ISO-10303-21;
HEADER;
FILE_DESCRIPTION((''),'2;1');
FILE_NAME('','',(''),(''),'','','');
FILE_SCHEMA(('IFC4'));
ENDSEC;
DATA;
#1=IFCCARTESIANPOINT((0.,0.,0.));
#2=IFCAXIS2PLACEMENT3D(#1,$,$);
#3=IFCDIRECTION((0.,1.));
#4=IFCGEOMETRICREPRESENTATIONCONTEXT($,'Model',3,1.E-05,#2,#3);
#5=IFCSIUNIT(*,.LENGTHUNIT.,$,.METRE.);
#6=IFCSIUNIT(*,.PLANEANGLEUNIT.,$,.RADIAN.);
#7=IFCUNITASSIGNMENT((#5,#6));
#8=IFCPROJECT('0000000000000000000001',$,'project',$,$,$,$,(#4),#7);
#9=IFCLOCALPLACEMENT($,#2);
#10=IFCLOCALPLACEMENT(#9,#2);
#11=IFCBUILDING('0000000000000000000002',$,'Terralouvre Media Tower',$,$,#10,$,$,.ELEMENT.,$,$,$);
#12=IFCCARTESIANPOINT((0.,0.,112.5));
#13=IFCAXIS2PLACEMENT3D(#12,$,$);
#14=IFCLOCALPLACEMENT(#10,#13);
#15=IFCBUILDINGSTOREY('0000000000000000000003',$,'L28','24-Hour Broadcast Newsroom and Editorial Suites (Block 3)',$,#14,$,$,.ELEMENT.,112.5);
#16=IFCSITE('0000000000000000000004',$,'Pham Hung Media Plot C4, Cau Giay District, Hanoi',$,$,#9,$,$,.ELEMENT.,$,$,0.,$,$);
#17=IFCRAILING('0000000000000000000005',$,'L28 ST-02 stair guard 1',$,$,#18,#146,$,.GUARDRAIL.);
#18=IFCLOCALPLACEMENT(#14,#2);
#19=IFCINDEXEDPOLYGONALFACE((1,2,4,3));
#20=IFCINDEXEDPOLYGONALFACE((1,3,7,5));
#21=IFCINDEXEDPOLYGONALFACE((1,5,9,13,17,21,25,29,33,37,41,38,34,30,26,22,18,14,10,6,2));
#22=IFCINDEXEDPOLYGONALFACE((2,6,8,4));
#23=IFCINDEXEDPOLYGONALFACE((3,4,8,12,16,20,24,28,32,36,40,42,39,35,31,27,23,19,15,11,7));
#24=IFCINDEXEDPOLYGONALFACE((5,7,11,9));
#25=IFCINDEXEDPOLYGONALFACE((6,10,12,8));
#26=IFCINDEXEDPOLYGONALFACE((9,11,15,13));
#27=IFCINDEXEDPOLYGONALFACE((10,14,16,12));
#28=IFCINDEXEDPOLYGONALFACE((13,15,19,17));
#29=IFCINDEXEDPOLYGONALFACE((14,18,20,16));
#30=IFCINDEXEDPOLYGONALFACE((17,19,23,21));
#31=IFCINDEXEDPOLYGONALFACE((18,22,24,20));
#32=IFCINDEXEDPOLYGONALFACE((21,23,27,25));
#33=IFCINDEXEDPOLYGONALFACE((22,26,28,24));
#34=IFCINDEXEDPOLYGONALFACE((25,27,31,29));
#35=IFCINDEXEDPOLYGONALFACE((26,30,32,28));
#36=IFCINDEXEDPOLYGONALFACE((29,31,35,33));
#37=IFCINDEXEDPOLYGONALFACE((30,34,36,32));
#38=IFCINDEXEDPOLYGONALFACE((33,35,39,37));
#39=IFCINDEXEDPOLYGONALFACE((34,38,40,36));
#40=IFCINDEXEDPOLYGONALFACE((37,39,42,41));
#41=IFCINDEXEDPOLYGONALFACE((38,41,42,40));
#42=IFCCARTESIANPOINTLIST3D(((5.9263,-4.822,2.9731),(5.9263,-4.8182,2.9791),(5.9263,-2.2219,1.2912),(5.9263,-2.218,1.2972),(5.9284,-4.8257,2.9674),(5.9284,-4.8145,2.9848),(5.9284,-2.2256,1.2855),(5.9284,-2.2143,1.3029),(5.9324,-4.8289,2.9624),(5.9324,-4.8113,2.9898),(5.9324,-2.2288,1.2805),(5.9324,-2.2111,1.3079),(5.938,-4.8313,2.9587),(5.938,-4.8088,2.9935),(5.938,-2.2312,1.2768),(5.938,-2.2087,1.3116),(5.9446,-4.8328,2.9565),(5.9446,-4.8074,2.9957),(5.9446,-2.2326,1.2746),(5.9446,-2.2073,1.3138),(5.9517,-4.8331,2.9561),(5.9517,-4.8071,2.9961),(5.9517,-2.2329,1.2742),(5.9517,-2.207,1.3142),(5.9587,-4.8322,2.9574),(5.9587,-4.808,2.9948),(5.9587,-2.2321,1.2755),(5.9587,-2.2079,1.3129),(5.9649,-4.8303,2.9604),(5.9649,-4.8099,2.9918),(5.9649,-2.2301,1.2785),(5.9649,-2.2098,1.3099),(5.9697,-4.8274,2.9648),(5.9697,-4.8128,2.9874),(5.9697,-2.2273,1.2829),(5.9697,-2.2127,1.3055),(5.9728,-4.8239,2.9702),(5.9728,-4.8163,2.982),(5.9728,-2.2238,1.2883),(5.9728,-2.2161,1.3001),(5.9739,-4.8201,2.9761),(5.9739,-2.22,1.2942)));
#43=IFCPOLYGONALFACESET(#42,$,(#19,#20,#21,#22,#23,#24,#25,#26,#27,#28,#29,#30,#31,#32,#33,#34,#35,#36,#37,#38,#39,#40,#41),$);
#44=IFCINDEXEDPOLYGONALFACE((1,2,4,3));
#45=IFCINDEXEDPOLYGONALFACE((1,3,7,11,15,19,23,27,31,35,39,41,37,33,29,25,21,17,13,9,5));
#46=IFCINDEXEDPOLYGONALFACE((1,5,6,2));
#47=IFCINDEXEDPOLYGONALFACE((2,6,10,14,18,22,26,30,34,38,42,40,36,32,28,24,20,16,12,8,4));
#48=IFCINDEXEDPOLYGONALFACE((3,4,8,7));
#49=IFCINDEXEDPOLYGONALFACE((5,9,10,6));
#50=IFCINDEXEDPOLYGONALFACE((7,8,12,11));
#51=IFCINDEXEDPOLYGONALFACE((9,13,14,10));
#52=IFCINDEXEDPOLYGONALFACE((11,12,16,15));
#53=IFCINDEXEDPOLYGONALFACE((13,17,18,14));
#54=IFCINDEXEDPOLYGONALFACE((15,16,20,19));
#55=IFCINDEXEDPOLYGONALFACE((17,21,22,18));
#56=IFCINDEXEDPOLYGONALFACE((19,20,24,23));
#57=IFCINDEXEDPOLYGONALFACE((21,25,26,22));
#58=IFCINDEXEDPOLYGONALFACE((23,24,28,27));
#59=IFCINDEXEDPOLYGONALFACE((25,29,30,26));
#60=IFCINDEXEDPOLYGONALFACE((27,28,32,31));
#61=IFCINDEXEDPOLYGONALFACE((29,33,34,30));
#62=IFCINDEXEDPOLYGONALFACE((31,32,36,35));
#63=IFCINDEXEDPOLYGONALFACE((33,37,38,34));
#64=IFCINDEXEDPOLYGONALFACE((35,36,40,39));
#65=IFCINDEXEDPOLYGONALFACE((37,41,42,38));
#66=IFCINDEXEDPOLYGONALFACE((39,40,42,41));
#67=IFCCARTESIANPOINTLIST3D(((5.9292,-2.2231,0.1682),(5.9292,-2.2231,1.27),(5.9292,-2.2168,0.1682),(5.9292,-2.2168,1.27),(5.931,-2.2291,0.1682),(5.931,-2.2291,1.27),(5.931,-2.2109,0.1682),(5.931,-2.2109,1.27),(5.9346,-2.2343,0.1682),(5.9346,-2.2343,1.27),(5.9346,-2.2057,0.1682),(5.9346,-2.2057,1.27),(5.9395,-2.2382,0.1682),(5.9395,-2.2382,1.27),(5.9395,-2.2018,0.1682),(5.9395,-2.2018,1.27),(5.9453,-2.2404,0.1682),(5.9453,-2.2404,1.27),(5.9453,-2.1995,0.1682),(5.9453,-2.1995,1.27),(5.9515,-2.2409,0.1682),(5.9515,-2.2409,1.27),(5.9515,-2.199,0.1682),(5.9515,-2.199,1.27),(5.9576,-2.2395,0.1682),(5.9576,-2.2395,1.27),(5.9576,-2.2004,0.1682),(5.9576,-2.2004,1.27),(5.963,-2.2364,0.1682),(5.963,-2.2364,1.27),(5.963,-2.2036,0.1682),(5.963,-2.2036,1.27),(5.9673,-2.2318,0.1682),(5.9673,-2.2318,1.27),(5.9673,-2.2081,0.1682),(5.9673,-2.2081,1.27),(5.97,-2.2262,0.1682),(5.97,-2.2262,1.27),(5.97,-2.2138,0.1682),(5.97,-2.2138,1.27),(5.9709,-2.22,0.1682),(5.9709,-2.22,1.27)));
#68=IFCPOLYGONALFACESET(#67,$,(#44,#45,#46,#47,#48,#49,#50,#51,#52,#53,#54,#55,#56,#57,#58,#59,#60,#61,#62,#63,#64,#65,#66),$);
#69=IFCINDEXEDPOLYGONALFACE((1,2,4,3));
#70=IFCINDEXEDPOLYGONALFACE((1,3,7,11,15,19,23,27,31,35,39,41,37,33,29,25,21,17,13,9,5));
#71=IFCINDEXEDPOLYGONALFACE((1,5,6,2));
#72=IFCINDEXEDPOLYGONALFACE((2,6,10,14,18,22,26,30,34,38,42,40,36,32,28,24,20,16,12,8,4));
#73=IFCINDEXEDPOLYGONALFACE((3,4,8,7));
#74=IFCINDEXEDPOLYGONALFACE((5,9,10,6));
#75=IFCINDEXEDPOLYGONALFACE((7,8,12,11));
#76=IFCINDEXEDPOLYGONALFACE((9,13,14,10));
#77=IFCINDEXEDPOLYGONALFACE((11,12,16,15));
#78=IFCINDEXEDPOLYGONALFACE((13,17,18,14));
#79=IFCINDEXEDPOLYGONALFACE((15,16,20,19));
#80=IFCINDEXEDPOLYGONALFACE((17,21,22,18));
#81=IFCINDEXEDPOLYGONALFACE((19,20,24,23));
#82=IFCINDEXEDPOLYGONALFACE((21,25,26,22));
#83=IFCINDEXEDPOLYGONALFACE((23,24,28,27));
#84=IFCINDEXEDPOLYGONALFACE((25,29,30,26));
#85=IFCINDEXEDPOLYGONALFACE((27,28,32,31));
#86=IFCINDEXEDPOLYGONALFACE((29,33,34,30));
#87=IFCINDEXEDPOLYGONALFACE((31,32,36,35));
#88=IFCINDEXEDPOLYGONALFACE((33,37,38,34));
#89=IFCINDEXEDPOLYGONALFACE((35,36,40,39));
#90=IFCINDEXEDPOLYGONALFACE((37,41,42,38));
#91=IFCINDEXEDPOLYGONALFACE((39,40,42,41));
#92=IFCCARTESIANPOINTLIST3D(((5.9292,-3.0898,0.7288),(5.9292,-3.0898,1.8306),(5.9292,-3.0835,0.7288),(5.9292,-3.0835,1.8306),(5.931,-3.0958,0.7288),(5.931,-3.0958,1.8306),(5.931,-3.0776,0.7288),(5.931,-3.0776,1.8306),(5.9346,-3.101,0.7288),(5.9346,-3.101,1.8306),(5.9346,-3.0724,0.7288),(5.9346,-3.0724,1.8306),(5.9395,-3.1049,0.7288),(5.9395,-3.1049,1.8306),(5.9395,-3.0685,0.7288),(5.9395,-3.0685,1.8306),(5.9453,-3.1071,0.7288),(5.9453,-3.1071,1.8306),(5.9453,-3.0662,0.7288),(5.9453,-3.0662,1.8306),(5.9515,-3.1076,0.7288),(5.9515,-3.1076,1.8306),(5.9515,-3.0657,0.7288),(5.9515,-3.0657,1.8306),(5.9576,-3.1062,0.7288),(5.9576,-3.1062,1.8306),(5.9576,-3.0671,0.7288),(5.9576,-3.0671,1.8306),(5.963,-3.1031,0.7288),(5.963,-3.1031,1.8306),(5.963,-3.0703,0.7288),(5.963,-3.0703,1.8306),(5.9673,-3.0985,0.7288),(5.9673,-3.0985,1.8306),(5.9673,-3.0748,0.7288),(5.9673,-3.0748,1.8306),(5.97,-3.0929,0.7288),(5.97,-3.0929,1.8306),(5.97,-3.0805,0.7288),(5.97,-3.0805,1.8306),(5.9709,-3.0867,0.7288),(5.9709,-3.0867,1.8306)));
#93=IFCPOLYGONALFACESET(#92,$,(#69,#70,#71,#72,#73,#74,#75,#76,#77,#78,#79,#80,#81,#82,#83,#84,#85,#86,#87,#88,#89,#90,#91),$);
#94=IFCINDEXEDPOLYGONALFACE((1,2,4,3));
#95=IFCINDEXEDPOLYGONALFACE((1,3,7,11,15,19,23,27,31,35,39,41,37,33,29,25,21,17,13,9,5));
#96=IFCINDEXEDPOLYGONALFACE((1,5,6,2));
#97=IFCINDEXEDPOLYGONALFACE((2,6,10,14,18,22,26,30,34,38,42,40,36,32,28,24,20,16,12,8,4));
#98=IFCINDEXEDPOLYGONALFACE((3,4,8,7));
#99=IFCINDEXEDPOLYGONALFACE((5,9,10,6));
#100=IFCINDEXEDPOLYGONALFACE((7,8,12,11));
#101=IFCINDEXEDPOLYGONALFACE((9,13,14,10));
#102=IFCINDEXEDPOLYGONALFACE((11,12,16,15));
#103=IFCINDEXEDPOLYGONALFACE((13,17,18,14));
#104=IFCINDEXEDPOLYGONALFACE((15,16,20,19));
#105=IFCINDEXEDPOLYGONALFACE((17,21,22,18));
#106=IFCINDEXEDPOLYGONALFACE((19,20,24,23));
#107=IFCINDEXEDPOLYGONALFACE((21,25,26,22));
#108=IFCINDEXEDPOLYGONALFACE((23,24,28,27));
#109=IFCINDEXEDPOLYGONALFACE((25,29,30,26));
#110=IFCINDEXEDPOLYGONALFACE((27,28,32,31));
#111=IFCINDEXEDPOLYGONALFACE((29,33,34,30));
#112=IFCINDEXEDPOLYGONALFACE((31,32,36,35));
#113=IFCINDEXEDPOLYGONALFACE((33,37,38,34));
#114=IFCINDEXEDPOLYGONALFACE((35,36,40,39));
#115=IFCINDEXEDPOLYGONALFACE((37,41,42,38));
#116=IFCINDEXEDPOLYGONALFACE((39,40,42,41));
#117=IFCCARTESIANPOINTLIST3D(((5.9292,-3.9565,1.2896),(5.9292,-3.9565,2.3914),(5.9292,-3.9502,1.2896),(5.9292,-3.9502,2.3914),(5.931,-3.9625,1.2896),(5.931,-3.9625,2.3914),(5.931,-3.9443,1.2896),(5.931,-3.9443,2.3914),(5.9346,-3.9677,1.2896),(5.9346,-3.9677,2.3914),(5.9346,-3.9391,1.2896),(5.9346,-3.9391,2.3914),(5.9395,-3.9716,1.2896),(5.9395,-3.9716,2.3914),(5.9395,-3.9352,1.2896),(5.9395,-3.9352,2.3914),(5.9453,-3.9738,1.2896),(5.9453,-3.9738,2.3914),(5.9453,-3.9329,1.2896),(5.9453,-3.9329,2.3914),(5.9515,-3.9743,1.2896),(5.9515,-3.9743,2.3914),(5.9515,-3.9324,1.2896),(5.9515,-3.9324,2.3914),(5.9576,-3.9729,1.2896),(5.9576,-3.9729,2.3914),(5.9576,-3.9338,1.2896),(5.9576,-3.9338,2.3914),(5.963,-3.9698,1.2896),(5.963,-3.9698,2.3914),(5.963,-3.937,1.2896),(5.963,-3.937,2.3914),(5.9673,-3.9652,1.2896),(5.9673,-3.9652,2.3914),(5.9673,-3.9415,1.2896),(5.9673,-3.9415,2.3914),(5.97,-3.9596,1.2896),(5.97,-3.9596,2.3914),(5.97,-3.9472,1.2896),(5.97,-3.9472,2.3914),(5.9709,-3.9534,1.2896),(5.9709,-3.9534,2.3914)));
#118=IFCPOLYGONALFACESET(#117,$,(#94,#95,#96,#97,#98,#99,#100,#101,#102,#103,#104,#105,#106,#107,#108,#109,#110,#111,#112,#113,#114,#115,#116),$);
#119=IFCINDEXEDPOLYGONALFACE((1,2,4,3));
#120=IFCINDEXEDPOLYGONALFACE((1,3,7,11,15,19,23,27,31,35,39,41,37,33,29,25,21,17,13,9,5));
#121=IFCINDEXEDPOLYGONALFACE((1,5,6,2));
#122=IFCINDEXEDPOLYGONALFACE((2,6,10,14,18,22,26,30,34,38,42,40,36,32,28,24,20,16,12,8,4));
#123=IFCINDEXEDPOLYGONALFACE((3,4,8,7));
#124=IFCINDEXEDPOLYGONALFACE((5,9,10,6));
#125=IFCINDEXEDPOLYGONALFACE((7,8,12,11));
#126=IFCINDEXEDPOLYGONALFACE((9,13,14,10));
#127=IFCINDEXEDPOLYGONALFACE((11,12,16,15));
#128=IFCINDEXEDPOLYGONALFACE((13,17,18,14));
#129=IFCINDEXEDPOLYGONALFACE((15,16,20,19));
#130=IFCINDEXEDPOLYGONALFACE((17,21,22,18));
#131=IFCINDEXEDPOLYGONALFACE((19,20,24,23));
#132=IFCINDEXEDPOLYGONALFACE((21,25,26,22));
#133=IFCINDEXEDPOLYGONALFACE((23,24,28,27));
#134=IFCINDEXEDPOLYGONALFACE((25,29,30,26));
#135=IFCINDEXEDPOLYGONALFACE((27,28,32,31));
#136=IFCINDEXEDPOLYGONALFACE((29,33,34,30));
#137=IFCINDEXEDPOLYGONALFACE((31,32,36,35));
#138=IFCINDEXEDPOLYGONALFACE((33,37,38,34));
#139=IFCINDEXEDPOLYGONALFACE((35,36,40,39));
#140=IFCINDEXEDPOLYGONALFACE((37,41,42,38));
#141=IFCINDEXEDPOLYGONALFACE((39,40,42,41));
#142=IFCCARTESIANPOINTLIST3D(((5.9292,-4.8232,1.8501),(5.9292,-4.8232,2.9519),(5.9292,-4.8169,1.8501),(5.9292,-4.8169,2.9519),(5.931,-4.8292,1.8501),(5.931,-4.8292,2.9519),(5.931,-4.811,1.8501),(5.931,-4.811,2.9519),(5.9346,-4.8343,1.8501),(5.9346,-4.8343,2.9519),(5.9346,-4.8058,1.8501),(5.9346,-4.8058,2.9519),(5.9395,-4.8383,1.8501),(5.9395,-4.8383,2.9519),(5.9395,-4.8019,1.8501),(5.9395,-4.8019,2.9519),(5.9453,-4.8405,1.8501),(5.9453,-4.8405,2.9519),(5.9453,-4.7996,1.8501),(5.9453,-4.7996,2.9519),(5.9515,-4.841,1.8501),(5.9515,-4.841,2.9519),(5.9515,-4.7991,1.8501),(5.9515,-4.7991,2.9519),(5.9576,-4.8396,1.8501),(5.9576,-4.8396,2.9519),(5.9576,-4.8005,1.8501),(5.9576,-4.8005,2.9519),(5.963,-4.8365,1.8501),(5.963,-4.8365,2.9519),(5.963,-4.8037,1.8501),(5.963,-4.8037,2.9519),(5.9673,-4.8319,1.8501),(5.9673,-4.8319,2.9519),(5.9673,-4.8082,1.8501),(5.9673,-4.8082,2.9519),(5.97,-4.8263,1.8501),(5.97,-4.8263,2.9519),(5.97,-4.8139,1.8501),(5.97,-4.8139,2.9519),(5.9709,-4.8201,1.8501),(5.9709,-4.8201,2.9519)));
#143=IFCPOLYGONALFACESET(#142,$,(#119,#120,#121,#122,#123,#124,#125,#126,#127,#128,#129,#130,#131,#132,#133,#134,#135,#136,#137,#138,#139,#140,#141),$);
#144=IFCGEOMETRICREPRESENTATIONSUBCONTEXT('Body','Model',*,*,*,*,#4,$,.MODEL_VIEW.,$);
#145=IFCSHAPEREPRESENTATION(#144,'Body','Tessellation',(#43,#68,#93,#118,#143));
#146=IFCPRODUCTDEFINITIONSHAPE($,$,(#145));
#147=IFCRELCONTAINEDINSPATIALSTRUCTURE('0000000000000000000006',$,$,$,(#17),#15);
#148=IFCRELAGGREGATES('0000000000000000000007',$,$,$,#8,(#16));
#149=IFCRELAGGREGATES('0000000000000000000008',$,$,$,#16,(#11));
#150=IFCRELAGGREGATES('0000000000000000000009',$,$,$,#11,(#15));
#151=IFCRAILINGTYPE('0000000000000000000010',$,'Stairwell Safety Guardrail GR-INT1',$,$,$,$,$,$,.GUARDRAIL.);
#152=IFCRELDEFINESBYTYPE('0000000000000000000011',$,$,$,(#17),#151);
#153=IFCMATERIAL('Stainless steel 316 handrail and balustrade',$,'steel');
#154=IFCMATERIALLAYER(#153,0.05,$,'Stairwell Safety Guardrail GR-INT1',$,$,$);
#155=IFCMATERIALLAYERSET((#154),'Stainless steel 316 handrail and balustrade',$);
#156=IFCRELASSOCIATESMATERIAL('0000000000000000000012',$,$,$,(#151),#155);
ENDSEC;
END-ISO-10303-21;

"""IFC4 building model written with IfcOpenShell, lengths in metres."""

from ifc_helpers import new_model, si_unit, direction, frame, origin, origin_2d, place, context, subcontext, project, spatial, circle, extrude, material, layer, layer_set, type_object, element, save


model = new_model("IFC4")

# Units and contexts
model_context = context("Model", 3, precision=1e-05, world=origin(), true_north=direction((0.0, 1.0)))
body_context = subcontext(model_context, "Body", "Model", "MODEL_VIEW")
ifc_project = project(units=[si_unit("LENGTHUNIT", "METRE"), si_unit("PLANEANGLEUNIT", "RADIAN")], contexts=[model_context])

# Site, building, storey
site_placement = place(None, origin())
site = spatial("IfcSite", under=ifc_project, at=site_placement, Name="Pham Hung Media Plot C4, Cau Giay District, Hanoi", CompositionType="ELEMENT", RefElevation=0.0)
building_placement = place(site_placement, origin())
building = spatial("IfcBuilding", under=site, at=building_placement, Name="Terralouvre Media Tower", CompositionType="ELEMENT")
storey_placement = place(building_placement, frame((0.0, 0.0, 112.5)))
storey = spatial("IfcBuildingStorey", under=building, at=storey_placement, Name="L28", Description="24-Hour Broadcast Newsroom and Editorial Suites (Block 3)", CompositionType="ELEMENT", Elevation=112.5)

# Railing
ifc_material_1 = material(Name="Stainless steel 316 handrail and balustrade", Category="steel")
ifc_layer_1 = layer(ifc_material_1, 0.05, Name="Stairwell Safety Guardrail GR-INT1")
ifc_layer_set_1 = layer_set([ifc_layer_1], Name="Stainless steel 316 handrail and balustrade")
railing_type_1 = type_object("IfcRailingType", Name="Stairwell Safety Guardrail GR-INT1", PredefinedType="GUARDRAIL", material=ifc_layer_set_1)
railing_1_placement = place(storey_placement, frame((5.95, -2.22, 0.1682)))
element("IfcRailing", 1, at=railing_1_placement, inside=storey, type_object=railing_type_1, Name="L28 ST-02 stair guard 1", PredefinedType="GUARDRAIL", context=body_context, shape_type="SweptSolid", body=[
    extrude(circle(Radius=0.0239, at=origin_2d()), frame((0.0, 0.0, 1.126), z_axis=(0.0, -0.839648, 0.54313), x_axis=(1.0, 0.0, 0.0)), (0.0, 0.0, 1.0), 3.0967),
    extrude(circle(Radius=0.021, at=origin_2d()), origin(), (0.0, 0.0, 1.0), 1.1018),
    extrude(circle(Radius=0.021, at=origin_2d()), frame((0.0, -0.8667, 0.5605)), (0.0, 0.0, 1.0), 1.1018),
    extrude(circle(Radius=0.021, at=origin_2d()), frame((0.0, -1.7334, 1.1213)), (0.0, 0.0, 1.0), 1.1018),
    extrude(circle(Radius=0.021, at=origin_2d()), frame((0.0, -2.6001, 1.6819)), (0.0, 0.0, 1.0), 1.1018),
])

save(model, "model.ifc")
